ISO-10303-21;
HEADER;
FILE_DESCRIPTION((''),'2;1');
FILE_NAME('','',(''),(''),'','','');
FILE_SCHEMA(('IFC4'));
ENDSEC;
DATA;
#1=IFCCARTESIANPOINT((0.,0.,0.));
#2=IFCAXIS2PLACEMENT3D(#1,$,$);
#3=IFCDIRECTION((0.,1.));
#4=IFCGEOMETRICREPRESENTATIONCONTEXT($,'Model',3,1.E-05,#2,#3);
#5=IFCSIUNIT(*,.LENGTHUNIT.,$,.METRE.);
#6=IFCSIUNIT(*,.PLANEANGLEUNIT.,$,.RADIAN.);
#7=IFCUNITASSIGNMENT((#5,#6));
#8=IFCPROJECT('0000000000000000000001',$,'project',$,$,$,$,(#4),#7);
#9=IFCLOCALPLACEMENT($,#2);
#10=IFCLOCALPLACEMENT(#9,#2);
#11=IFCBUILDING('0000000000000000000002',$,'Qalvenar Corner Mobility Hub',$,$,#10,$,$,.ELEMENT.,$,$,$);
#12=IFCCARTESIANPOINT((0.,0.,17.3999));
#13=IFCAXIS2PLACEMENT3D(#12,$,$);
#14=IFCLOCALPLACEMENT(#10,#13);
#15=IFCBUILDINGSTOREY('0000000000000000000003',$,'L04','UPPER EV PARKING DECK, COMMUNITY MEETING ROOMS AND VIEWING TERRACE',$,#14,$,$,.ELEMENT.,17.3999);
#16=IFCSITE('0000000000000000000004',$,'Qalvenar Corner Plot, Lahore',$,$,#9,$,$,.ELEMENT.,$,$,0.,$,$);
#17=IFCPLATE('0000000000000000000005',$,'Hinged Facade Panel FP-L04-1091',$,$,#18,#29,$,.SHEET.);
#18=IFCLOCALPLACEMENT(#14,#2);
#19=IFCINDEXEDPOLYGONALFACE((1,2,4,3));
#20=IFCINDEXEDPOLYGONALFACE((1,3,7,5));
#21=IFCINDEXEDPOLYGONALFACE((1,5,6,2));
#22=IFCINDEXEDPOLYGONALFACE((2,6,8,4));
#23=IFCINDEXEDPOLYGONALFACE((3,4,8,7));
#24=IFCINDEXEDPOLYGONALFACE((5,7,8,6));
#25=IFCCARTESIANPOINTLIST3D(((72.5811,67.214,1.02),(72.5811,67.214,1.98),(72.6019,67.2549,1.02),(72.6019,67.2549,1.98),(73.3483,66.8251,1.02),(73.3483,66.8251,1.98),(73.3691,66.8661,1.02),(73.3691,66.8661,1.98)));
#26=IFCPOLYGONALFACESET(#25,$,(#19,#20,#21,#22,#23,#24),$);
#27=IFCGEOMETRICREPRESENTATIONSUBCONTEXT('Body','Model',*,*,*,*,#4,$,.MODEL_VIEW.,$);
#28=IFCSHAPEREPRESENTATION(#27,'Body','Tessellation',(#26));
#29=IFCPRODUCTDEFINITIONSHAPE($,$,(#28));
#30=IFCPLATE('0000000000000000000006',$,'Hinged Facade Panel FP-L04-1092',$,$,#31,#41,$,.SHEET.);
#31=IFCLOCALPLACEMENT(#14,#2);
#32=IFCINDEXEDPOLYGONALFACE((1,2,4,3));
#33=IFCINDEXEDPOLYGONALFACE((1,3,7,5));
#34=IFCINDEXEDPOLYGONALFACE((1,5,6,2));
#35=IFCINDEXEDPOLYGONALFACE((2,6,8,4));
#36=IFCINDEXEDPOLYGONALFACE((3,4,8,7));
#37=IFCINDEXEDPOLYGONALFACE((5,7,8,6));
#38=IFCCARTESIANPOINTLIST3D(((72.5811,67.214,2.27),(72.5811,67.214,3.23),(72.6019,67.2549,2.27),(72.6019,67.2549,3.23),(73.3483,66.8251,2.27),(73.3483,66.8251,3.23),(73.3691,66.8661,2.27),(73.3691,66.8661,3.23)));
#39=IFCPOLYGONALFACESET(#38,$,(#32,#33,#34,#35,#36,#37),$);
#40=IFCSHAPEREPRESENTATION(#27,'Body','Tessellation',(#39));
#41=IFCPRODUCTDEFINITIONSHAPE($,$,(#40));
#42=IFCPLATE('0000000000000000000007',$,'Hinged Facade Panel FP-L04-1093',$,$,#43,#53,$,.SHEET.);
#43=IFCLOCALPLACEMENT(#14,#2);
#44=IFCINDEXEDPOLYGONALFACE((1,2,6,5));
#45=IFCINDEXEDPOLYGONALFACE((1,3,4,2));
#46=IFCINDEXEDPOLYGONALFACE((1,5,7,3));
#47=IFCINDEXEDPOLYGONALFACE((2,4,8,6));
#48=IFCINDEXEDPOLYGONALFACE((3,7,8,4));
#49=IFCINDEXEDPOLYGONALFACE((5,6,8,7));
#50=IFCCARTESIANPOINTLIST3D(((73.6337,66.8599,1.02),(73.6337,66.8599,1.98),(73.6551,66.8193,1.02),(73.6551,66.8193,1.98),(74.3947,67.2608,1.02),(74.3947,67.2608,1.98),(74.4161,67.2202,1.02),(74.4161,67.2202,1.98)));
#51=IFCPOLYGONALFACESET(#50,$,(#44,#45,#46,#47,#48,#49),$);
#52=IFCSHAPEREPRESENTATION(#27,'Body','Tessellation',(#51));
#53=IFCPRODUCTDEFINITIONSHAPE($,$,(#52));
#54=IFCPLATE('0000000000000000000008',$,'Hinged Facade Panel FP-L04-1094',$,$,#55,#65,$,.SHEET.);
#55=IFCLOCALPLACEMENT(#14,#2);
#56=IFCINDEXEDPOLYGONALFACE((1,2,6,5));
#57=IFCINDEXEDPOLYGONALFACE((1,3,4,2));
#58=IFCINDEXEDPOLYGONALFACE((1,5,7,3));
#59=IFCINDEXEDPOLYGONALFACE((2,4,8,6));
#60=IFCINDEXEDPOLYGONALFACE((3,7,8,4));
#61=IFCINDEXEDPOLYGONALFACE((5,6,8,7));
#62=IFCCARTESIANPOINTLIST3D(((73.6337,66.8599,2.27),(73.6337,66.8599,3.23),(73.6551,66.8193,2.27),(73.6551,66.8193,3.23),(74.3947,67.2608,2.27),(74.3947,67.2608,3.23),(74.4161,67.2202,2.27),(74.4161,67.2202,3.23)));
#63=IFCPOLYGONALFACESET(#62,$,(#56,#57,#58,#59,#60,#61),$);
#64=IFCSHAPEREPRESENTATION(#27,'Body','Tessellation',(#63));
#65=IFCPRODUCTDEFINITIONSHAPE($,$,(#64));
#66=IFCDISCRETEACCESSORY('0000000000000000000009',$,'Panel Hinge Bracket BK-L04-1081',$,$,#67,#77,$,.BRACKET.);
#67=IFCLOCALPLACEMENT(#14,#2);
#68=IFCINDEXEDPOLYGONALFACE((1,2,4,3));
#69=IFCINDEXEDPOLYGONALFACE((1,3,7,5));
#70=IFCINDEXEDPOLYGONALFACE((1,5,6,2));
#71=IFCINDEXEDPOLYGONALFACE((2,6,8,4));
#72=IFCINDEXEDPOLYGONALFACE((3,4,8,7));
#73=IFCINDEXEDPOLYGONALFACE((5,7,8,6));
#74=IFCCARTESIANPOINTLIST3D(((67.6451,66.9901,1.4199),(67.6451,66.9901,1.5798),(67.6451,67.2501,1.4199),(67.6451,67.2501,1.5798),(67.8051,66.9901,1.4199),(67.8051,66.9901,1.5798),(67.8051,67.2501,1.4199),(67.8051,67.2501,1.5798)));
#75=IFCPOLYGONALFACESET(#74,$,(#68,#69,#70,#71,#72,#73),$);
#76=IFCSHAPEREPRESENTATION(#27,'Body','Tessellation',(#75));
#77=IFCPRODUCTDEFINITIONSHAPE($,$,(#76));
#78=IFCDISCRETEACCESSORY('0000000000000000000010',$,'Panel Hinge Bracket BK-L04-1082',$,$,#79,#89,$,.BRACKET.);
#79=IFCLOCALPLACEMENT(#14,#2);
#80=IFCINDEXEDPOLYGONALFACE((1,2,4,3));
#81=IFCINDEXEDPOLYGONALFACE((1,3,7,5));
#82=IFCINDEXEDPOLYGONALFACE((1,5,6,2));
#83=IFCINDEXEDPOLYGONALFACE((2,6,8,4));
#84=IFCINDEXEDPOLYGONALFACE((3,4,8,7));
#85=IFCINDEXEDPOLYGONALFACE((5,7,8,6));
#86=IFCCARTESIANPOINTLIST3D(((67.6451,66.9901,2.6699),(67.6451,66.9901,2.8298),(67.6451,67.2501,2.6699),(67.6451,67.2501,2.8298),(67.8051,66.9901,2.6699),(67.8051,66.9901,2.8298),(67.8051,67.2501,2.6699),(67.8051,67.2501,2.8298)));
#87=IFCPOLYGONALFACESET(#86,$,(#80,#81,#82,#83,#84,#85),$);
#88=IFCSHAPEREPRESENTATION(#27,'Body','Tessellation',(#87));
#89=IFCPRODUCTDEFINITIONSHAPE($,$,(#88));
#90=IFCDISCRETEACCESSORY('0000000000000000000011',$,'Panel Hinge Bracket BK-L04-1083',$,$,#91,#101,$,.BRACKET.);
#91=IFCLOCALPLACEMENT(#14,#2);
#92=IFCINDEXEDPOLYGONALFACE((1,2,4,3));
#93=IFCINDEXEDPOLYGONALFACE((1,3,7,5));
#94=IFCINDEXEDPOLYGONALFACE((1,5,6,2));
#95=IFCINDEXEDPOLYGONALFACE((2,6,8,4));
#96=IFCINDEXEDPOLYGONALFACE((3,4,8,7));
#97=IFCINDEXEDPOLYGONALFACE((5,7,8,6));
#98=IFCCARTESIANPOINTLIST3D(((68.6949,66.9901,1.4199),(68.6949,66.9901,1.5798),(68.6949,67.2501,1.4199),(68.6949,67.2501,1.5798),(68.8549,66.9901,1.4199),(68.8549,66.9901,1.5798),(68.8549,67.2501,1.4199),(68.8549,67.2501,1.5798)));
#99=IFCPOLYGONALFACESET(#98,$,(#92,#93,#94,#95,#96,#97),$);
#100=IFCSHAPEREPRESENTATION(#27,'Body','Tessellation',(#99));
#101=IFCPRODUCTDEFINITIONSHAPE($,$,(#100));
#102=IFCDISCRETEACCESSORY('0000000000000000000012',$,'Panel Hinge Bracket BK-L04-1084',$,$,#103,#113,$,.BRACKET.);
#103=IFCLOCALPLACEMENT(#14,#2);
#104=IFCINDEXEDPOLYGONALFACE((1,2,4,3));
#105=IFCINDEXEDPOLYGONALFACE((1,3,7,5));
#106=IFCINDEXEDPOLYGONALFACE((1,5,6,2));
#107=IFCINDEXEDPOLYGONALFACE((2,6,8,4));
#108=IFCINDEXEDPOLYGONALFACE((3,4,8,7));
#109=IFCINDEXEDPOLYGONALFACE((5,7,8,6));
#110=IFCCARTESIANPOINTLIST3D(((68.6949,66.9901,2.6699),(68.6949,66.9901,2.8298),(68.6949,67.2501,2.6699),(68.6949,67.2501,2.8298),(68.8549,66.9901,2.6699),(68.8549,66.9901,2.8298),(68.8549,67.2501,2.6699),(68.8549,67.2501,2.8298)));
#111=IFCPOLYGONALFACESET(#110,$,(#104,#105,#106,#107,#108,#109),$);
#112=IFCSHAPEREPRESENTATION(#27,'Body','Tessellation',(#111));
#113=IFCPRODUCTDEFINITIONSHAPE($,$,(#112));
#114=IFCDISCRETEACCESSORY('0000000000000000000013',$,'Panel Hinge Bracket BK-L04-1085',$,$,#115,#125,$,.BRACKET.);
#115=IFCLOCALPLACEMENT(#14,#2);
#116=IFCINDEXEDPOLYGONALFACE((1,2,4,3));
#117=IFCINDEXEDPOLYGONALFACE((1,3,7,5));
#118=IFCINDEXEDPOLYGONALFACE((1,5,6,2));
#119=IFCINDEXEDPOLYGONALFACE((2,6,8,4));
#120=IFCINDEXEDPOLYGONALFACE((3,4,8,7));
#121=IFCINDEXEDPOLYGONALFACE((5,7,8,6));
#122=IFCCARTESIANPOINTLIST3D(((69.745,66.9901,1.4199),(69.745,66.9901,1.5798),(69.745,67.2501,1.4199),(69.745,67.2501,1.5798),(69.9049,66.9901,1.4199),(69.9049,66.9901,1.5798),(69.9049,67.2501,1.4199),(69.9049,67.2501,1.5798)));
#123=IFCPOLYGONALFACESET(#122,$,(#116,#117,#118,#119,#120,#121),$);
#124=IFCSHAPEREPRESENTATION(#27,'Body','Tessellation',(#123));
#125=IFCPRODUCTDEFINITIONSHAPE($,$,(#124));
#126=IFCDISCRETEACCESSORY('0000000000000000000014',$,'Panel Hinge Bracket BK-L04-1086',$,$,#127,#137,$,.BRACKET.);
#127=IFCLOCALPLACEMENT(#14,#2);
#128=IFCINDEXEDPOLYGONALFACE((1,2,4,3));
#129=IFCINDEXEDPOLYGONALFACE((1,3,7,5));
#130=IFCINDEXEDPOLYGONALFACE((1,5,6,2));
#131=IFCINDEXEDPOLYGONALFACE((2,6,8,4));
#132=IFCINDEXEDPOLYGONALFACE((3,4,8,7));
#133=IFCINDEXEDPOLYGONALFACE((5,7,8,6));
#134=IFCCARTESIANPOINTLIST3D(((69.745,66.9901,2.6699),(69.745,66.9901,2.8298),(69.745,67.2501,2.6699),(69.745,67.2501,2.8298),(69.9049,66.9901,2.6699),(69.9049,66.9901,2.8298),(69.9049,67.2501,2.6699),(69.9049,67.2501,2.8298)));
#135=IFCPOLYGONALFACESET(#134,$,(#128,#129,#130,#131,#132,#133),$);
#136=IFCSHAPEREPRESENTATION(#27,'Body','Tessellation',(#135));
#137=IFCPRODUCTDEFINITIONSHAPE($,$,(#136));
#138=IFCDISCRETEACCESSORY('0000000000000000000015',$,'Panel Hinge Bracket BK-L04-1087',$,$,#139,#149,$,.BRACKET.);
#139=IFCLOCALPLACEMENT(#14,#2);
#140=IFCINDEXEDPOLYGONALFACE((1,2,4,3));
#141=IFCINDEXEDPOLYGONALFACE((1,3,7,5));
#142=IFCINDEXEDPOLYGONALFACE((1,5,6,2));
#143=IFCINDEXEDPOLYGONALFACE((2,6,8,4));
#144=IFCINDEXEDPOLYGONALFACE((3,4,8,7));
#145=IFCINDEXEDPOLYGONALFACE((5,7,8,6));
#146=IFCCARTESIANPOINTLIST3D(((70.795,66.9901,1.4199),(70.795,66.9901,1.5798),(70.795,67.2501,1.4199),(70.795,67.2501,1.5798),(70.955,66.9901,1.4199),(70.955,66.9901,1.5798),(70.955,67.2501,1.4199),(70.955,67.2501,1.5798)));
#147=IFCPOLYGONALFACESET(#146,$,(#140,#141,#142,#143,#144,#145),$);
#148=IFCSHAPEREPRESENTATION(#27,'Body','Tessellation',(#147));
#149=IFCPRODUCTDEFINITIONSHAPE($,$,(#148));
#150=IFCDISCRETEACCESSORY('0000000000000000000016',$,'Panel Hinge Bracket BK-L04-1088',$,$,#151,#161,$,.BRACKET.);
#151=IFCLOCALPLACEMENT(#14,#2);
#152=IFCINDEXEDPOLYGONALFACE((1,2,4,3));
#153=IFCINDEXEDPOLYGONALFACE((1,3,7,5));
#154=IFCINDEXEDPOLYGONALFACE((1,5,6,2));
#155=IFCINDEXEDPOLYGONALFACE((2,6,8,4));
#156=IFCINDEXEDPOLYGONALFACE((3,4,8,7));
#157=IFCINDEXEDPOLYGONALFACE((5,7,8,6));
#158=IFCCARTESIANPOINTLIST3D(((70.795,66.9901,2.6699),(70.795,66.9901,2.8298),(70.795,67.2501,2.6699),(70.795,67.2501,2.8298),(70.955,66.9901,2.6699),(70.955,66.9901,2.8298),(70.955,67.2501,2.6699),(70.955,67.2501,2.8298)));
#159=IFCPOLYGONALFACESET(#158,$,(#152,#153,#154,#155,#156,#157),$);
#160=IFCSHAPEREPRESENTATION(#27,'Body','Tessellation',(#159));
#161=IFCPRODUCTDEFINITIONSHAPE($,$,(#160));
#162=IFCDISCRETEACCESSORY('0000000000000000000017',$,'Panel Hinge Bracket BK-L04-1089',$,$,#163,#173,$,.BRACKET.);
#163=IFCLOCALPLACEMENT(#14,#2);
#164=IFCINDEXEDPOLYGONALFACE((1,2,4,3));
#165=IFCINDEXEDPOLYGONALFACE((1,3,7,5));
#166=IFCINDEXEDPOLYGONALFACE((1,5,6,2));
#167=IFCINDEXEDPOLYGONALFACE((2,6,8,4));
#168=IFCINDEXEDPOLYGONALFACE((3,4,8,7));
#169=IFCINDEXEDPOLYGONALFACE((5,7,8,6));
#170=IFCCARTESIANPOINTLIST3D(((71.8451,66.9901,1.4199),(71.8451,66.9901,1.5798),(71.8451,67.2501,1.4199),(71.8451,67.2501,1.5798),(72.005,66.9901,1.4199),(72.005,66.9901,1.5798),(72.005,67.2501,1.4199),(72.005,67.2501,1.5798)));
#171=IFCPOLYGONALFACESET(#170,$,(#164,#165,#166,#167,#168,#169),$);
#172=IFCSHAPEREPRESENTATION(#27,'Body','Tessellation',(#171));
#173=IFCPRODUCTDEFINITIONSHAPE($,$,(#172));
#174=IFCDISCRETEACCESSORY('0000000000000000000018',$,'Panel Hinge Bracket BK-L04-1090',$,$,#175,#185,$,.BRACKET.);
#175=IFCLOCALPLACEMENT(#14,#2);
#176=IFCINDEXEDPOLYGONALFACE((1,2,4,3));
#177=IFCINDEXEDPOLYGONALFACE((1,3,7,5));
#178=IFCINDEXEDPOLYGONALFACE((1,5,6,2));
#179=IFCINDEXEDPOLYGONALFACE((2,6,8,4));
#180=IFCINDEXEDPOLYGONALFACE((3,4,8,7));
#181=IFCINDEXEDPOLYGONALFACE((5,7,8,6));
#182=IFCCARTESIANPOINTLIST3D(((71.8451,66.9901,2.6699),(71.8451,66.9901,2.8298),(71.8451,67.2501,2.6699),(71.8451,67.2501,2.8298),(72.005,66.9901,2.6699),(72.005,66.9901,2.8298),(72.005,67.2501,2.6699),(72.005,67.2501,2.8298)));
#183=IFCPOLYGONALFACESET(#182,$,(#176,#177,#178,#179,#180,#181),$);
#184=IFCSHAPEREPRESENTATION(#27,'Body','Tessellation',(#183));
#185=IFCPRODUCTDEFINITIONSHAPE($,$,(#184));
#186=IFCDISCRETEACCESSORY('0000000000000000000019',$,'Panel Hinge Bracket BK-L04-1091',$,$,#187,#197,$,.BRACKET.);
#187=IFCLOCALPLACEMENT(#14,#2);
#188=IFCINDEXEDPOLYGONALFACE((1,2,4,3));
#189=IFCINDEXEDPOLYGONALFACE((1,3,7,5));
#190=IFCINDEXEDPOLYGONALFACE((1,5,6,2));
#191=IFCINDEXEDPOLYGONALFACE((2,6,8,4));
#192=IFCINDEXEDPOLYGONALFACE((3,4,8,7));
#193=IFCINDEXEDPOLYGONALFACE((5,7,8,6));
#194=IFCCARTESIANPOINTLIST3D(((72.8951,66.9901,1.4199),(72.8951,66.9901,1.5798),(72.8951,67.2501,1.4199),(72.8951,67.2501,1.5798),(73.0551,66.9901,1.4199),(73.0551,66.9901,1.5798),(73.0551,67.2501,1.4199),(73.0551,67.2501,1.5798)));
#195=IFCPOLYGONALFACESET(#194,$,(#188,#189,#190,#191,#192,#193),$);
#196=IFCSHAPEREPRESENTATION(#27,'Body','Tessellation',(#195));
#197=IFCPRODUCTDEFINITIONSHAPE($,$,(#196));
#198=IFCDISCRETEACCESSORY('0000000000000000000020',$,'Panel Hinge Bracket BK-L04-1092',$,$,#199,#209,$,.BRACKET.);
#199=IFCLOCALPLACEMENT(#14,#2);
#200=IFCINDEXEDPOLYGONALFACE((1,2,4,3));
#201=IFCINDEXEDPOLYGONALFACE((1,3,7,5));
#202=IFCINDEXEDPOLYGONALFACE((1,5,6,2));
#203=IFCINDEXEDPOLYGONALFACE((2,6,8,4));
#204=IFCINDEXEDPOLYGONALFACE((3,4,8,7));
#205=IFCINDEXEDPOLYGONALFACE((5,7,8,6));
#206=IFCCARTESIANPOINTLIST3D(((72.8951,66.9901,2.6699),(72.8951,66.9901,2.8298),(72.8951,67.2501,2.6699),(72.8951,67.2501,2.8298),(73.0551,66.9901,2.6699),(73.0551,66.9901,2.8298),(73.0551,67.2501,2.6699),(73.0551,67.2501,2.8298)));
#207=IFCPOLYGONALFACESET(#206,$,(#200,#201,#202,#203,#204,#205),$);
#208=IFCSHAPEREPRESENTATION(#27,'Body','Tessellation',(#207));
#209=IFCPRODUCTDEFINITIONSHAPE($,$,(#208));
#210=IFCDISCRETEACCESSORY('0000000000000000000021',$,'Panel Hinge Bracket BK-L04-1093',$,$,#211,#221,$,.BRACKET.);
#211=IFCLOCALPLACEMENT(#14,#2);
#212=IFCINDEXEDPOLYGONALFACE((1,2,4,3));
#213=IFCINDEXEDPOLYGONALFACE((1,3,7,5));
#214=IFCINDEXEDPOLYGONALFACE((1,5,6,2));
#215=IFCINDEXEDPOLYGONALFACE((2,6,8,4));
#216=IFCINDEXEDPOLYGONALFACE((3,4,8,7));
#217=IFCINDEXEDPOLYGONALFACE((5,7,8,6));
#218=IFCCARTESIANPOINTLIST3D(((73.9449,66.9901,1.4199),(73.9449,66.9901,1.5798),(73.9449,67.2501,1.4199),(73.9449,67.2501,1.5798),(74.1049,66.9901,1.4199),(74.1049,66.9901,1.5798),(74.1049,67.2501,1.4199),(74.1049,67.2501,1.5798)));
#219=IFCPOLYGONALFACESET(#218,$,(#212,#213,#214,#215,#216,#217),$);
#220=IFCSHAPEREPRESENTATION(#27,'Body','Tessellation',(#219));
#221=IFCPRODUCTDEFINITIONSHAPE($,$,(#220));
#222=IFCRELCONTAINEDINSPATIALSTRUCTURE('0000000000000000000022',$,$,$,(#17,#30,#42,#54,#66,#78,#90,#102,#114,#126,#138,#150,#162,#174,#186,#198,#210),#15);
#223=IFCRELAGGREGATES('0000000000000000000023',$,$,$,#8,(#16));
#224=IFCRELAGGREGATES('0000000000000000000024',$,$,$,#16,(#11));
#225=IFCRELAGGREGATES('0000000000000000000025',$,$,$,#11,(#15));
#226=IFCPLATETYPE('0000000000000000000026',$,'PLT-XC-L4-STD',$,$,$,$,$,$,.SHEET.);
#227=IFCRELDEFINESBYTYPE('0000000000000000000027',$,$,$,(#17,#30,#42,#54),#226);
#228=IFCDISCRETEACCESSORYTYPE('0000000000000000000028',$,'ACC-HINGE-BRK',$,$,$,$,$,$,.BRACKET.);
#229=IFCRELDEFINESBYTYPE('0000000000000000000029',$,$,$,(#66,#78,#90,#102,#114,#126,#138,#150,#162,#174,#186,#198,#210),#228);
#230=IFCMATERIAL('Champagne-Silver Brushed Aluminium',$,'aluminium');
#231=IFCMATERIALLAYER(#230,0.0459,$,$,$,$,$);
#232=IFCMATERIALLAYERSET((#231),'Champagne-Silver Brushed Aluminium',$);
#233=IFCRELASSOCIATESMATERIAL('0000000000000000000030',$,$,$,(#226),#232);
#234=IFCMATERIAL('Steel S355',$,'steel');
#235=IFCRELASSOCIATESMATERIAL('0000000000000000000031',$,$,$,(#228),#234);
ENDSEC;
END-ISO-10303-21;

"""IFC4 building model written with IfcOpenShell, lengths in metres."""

from ifc_helpers import new_model, si_unit, direction, frame, origin, origin_2d, place, context, subcontext, project, spatial, rectangle, extrude, material, layer, layer_set, type_object, element, save


model = new_model("IFC4")

# Units and contexts
model_context = context("Model", 3, precision=1e-05, world=origin(), true_north=direction((0.0, 1.0)))
body_context = subcontext(model_context, "Body", "Model", "MODEL_VIEW")
ifc_project = project(units=[si_unit("LENGTHUNIT", "METRE"), si_unit("PLANEANGLEUNIT", "RADIAN")], contexts=[model_context])

# Site, building, storey
site_placement = place(None, origin())
site = spatial("IfcSite", under=ifc_project, at=site_placement, Name="Qalvenar Corner Plot, Lahore", CompositionType="ELEMENT", RefElevation=0.0)
building_placement = place(site_placement, origin())
building = spatial("IfcBuilding", under=site, at=building_placement, Name="Qalvenar Corner Mobility Hub", CompositionType="ELEMENT")
storey_placement = place(building_placement, frame((0.0, 0.0, 17.3999)))
storey = spatial("IfcBuildingStorey", under=building, at=storey_placement, Name="L04", Description="UPPER EV PARKING DECK, COMMUNITY MEETING ROOMS AND VIEWING TERRACE", CompositionType="ELEMENT", Elevation=17.3999)

# Shared definitions
ifc_material_1 = material(Name="Steel S355", Category="steel")

# Plates
ifc_material_2 = material(Name="Champagne-Silver Brushed Aluminium", Category="aluminium")
ifc_layer_1 = layer(ifc_material_2, 0.0459)
ifc_layer_set_1 = layer_set([ifc_layer_1], Name="Champagne-Silver Brushed Aluminium")
plate_type_1 = type_object("IfcPlateType", Name="PLT-XC-L4-STD", PredefinedType="SHEET", material=ifc_layer_set_1)
for number, where, z_axis, x_axis, name in (
    (1, (72.9751, 67.04, 1.02), (0.0, 0.0, 1.0), (0.891955, -0.452123, 0.0), "Hinged Facade Panel FP-L04-1091"),
    (2, (72.9751, 67.04, 2.27), (0.0, 0.0, 1.0), (0.891955, -0.452123, 0.0), "Hinged Facade Panel FP-L04-1092"),
    (3, (74.0249, 67.04, 1.02), (0.0, 0.0, 1.0), (0.884744, 0.466078, 0.0), "Hinged Facade Panel FP-L04-1093"),
    (4, (74.0249, 67.04, 2.27), (0.0, 0.0, 1.0), (0.884744, 0.466078, 0.0), "Hinged Facade Panel FP-L04-1094"),
):
    element("IfcPlate", number, at=place(storey_placement, frame(where, z_axis=z_axis, x_axis=x_axis)), inside=storey, type_object=plate_type_1, Name=name, PredefinedType="SHEET", context=body_context, shape_type="SweptSolid", body=[
        extrude(rectangle(XDim=0.8601, YDim=0.0459, at=origin_2d()), origin(), (0.0, 0.0, 1.0), 0.96),
    ])

# Discrete accessories
discrete_accessory_type = type_object("IfcDiscreteAccessoryType", Name="ACC-HINGE-BRK", PredefinedType="BRACKET", material=ifc_material_1)
for number, where, z_axis, x_axis, name in (
    (5, (67.7251, 67.1201, 1.4199), (0.0, 0.0, 1.0), (1.0, 0.0, 0.0), "Panel Hinge Bracket BK-L04-1081"),
    (6, (67.7251, 67.1201, 2.6699), (0.0, 0.0, 1.0), (1.0, 0.0, 0.0), "Panel Hinge Bracket BK-L04-1082"),
    (7, (68.7749, 67.1201, 1.4199), (0.0, 0.0, 1.0), (1.0, 0.0, 0.0), "Panel Hinge Bracket BK-L04-1083"),
    (8, (68.7749, 67.1201, 2.6699), (0.0, 0.0, 1.0), (1.0, 0.0, 0.0), "Panel Hinge Bracket BK-L04-1084"),
    (9, (69.825, 67.1201, 1.4199), (0.0, 0.0, 1.0), (1.0, 0.0, 0.0), "Panel Hinge Bracket BK-L04-1085"),
    (10, (69.825, 67.1201, 2.6699), (0.0, 0.0, 1.0), (1.0, 0.0, 0.0), "Panel Hinge Bracket BK-L04-1086"),
    (11, (70.875, 67.1201, 1.4199), (0.0, 0.0, 1.0), (1.0, 0.0, 0.0), "Panel Hinge Bracket BK-L04-1087"),
    (12, (70.875, 67.1201, 2.6699), (0.0, 0.0, 1.0), (1.0, 0.0, 0.0), "Panel Hinge Bracket BK-L04-1088"),
    (13, (71.925, 67.1201, 1.4199), (0.0, 0.0, 1.0), (1.0, 0.0, 0.0), "Panel Hinge Bracket BK-L04-1089"),
    (14, (71.925, 67.1201, 2.6699), (0.0, 0.0, 1.0), (1.0, 0.0, 0.0), "Panel Hinge Bracket BK-L04-1090"),
    (15, (72.9751, 67.1201, 1.4199), (0.0, 0.0, 1.0), (1.0, 0.0, 0.0), "Panel Hinge Bracket BK-L04-1091"),
    (16, (72.9751, 67.1201, 2.6699), (0.0, 0.0, 1.0), (1.0, 0.0, 0.0), "Panel Hinge Bracket BK-L04-1092"),
    (17, (74.0249, 67.1201, 1.4199), (0.0, 0.0, 1.0), (1.0, 0.0, 0.0), "Panel Hinge Bracket BK-L04-1093"),
):
    element("IfcDiscreteAccessory", number, at=place(storey_placement, frame(where, z_axis=z_axis, x_axis=x_axis)), inside=storey, type_object=discrete_accessory_type, Name=name, PredefinedType="BRACKET", context=body_context, shape_type="SweptSolid", body=[
        extrude(rectangle(XDim=0.1599, YDim=0.26, at=origin_2d()), origin(), (0.0, 0.0, 1.0), 0.1599),
    ])

save(model, "model.ifc")
